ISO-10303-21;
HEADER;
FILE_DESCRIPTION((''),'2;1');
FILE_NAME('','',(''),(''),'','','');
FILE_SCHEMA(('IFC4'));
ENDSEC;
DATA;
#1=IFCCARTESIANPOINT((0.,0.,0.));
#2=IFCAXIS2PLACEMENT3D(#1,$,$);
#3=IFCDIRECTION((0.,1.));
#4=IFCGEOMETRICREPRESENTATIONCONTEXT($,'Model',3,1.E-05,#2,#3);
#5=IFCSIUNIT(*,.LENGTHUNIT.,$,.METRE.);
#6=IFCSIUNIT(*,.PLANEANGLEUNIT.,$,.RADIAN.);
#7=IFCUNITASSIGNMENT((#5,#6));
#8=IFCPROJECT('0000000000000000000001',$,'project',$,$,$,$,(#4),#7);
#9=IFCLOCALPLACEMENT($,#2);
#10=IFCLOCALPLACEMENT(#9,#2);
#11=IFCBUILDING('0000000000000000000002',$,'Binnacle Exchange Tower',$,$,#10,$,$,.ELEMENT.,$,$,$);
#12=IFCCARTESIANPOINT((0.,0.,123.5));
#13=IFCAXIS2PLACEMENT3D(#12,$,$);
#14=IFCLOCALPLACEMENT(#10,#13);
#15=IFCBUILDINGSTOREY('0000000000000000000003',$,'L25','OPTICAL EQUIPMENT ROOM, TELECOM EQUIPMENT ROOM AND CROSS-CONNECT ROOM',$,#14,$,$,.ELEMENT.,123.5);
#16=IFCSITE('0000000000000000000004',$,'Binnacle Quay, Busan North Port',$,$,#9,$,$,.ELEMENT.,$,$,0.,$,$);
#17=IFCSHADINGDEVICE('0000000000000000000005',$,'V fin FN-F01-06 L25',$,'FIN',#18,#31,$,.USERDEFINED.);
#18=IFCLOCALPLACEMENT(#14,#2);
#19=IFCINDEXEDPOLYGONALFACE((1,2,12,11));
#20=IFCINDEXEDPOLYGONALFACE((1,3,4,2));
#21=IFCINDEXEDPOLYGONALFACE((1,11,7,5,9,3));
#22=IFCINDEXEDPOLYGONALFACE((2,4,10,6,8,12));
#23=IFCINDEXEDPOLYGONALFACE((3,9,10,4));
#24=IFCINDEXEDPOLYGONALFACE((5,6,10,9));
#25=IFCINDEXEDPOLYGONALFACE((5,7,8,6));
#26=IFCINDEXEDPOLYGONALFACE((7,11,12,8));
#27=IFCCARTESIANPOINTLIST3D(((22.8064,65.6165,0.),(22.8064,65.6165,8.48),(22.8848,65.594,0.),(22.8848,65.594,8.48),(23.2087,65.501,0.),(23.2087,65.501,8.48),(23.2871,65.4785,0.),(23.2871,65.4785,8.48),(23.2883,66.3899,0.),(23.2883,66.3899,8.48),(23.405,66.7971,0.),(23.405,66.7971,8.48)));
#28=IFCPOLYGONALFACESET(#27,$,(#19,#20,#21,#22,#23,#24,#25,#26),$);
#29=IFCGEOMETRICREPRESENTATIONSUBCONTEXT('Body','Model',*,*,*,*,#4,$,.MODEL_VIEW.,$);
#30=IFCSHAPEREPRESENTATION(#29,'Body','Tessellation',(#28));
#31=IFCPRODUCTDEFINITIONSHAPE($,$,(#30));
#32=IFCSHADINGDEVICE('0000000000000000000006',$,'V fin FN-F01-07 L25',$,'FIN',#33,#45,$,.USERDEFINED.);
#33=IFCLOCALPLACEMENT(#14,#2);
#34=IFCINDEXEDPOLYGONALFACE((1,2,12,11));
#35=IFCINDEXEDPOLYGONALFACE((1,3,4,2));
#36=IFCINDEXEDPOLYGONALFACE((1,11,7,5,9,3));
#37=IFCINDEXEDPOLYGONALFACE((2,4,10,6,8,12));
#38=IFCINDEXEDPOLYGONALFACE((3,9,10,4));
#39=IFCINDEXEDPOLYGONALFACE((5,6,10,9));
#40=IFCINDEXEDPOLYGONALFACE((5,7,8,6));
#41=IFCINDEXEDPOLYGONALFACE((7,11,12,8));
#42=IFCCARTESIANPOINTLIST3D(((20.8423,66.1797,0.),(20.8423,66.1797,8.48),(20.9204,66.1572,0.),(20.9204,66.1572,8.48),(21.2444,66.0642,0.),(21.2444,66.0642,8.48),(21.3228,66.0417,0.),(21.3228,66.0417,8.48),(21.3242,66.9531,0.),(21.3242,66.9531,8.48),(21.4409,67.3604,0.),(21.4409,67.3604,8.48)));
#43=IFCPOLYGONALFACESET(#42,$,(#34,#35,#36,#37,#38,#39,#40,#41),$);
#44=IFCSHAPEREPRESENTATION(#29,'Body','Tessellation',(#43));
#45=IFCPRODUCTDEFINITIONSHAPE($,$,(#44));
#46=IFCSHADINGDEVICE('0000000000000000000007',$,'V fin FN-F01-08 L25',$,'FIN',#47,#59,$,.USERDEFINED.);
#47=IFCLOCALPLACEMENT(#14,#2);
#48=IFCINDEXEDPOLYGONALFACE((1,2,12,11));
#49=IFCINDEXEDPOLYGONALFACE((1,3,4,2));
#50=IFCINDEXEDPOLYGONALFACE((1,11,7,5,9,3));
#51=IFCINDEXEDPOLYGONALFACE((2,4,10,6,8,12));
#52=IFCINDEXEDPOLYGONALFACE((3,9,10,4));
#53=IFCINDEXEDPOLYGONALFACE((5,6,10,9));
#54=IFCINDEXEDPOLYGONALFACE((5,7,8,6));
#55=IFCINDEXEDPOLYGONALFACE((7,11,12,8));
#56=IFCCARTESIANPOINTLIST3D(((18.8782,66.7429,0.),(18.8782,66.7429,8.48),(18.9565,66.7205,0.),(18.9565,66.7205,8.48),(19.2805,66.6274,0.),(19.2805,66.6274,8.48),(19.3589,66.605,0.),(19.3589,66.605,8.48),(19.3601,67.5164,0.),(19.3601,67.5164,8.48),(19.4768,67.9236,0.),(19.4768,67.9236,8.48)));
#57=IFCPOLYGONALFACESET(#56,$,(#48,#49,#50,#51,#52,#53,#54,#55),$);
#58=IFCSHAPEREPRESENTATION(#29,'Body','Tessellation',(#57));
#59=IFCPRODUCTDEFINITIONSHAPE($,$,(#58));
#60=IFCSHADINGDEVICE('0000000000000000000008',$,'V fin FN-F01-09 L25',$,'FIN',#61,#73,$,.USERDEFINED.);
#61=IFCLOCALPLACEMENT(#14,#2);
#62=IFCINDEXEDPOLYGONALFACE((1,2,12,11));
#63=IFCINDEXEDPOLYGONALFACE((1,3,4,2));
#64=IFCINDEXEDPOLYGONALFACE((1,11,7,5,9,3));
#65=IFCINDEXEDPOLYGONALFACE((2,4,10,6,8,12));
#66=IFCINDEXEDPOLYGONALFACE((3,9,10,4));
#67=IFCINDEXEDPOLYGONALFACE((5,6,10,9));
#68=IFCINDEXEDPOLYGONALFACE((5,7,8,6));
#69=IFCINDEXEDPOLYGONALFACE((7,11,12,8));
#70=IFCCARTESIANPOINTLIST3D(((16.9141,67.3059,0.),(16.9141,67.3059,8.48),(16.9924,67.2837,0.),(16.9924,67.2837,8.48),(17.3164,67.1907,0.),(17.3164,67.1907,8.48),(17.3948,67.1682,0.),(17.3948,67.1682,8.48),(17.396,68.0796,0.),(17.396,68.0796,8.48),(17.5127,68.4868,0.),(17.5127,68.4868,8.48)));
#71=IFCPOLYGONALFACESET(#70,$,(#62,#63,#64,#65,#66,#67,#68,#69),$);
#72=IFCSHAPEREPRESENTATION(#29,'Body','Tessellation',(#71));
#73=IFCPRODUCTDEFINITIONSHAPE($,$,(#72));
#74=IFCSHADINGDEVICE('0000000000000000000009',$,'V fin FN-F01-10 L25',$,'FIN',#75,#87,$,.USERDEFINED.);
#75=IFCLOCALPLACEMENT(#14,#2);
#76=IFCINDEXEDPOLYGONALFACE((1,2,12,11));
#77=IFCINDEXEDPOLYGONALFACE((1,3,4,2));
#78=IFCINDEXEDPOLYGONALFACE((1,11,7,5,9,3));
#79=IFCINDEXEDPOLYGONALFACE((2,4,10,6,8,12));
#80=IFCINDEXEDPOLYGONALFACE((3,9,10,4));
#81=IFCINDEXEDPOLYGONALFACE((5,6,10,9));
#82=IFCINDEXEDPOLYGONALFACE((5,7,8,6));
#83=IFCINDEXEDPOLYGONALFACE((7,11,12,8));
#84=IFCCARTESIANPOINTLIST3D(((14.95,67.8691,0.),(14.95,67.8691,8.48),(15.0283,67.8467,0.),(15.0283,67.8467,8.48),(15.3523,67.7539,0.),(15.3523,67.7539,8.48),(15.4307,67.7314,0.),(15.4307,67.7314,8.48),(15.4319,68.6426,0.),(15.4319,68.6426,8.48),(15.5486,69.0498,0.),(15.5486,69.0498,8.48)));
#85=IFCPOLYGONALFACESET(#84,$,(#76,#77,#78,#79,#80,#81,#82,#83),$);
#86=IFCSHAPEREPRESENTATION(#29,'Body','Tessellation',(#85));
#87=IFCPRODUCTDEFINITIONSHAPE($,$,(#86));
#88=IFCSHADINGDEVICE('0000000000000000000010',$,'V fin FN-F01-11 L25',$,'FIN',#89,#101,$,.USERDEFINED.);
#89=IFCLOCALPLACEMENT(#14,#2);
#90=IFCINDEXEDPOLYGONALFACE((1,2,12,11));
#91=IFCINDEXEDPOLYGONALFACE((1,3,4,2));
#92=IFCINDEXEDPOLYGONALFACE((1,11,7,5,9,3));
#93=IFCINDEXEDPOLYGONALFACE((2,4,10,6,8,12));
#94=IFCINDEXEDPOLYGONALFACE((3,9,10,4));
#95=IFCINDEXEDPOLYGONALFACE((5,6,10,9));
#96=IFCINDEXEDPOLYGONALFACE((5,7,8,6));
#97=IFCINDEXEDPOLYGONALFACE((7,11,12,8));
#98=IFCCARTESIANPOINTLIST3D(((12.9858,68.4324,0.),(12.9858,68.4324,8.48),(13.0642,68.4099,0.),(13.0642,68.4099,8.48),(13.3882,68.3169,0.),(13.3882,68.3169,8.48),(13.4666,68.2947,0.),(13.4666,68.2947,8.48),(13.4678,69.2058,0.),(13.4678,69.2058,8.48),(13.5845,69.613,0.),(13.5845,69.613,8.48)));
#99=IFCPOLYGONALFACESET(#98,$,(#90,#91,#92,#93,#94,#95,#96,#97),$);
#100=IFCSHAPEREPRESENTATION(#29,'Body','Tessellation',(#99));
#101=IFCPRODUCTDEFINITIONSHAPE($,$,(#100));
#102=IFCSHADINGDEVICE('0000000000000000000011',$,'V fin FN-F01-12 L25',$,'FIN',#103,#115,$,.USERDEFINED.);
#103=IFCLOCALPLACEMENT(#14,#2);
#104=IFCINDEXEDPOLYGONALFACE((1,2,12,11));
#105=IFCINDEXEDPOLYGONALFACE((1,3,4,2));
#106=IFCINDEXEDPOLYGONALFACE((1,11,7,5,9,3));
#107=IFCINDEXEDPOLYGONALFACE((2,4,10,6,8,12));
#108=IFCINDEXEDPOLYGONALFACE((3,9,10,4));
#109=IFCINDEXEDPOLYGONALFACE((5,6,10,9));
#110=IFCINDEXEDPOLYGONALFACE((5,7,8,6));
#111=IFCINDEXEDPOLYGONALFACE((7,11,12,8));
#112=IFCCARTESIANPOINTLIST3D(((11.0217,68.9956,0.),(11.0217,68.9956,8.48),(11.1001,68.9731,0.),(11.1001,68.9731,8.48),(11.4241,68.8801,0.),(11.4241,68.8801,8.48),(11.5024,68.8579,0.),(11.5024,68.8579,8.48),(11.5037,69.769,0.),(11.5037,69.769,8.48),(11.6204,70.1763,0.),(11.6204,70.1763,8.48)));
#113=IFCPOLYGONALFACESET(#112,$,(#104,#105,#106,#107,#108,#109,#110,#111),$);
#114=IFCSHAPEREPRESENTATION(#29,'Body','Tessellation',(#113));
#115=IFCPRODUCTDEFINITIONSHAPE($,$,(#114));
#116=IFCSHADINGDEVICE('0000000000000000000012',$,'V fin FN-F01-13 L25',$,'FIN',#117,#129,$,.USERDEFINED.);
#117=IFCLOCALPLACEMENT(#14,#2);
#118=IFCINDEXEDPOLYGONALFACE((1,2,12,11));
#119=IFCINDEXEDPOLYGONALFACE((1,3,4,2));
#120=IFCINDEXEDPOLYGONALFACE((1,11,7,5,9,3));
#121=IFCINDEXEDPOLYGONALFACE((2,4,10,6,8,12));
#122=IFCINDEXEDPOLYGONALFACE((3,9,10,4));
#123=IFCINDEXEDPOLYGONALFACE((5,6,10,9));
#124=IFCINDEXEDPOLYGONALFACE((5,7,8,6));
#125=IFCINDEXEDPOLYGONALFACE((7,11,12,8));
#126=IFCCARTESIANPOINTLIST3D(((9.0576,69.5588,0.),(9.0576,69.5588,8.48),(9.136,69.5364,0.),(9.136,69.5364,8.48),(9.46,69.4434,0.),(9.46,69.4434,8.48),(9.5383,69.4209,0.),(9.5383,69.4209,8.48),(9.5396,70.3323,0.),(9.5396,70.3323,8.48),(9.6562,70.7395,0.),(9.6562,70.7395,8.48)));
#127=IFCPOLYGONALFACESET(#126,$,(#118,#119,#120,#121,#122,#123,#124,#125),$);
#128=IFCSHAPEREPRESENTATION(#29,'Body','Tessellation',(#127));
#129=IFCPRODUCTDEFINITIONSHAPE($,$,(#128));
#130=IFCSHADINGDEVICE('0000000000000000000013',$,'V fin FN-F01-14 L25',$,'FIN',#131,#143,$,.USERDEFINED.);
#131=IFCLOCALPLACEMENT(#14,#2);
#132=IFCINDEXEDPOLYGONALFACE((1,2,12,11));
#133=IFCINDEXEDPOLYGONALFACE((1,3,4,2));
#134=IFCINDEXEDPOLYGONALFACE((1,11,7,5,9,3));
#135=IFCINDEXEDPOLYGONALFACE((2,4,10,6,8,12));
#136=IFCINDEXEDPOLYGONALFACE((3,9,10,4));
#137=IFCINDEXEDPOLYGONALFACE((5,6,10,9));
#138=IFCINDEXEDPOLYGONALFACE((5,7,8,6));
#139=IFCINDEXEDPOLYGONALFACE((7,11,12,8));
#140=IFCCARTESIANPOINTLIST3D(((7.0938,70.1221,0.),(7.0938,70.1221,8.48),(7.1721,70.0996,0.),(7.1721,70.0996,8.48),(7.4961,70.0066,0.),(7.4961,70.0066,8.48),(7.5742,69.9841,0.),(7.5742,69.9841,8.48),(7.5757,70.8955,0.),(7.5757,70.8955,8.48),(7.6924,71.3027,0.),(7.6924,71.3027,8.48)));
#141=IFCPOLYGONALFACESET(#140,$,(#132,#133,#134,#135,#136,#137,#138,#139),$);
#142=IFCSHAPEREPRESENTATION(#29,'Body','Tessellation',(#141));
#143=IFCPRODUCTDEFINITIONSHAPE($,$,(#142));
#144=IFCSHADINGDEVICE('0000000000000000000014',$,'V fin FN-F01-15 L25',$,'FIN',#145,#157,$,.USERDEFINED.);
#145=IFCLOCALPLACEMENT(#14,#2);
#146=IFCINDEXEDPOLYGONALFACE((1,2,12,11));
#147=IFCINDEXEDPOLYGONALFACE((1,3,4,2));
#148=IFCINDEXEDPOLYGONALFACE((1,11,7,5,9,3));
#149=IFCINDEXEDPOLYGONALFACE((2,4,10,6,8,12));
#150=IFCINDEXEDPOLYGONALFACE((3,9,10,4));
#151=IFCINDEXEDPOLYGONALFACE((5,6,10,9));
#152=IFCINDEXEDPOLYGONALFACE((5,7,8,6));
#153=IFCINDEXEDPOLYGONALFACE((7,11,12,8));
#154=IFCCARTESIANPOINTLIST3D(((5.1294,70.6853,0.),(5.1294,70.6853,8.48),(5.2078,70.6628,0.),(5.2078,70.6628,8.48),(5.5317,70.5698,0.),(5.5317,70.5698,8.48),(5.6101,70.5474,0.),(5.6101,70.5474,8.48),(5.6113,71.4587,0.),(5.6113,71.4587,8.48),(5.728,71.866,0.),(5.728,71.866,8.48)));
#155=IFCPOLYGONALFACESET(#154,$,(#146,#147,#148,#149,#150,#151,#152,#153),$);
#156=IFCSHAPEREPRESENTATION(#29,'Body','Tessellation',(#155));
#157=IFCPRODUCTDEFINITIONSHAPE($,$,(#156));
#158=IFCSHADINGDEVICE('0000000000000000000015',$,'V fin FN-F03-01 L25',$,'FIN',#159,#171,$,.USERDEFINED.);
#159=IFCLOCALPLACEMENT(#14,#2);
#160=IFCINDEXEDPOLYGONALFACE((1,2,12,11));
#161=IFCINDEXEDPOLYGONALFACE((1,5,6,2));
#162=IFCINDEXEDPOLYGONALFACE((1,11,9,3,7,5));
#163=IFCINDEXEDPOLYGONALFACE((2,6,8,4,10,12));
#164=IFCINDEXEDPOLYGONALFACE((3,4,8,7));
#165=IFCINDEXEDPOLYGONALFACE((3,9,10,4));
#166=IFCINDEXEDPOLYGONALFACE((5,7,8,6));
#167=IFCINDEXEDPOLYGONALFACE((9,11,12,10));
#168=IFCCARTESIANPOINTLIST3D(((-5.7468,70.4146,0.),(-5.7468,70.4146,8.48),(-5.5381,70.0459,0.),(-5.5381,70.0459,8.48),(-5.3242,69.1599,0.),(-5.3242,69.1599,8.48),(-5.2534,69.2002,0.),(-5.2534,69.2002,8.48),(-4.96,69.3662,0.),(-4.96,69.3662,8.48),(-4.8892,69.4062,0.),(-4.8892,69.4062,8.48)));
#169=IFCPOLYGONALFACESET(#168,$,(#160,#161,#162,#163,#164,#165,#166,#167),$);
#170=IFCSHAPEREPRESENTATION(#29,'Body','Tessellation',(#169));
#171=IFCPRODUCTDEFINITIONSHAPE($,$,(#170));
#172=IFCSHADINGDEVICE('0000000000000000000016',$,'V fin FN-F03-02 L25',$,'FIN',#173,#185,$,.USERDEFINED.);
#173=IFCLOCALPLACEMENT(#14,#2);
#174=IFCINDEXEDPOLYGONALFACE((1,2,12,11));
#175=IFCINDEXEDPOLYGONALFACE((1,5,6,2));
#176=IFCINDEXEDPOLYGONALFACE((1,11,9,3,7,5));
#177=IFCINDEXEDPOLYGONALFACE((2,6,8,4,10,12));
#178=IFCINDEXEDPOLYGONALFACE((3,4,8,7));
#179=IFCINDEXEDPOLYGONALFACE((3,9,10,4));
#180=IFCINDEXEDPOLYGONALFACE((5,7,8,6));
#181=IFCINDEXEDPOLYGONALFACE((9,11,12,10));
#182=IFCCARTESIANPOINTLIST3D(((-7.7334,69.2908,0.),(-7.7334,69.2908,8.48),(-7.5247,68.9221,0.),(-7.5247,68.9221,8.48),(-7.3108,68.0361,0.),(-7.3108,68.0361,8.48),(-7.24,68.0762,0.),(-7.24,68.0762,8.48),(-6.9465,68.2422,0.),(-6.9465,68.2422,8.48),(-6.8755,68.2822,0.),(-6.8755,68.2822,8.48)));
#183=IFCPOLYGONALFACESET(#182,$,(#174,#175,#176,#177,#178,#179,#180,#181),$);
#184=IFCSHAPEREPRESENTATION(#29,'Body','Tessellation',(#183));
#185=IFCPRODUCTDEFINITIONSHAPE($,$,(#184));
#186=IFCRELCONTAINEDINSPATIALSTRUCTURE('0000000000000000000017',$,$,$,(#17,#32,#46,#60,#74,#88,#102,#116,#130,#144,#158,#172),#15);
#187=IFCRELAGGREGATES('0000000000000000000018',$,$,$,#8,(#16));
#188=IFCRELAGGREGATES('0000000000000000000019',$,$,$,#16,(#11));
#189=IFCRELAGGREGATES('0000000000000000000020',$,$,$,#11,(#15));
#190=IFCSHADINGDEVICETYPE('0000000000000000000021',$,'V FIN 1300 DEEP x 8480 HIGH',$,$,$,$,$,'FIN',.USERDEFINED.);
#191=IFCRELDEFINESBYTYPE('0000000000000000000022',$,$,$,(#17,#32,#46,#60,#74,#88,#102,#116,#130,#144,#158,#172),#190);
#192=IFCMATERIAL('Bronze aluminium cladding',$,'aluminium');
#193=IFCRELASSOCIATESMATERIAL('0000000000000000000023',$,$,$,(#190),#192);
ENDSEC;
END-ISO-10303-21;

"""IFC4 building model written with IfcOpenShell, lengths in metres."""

from ifc_helpers import new_model, si_unit, direction, frame, origin, place, context, subcontext, project, spatial, polyline, outline, extrude, material, type_object, element, save


model = new_model("IFC4")

# Units and contexts
model_context = context("Model", 3, precision=1e-05, world=origin(), true_north=direction((0.0, 1.0)))
body_context = subcontext(model_context, "Body", "Model", "MODEL_VIEW")
ifc_project = project(units=[si_unit("LENGTHUNIT", "METRE"), si_unit("PLANEANGLEUNIT", "RADIAN")], contexts=[model_context])

# Site, building, storey
site_placement = place(None, origin())
site = spatial("IfcSite", under=ifc_project, at=site_placement, Name="Binnacle Quay, Busan North Port", CompositionType="ELEMENT", RefElevation=0.0)
building_placement = place(site_placement, origin())
building = spatial("IfcBuilding", under=site, at=building_placement, Name="Binnacle Exchange Tower", CompositionType="ELEMENT")
storey_placement = place(building_placement, frame((0.0, 0.0, 123.5)))
storey = spatial("IfcBuildingStorey", under=building, at=storey_placement, Name="L25", Description="OPTICAL EQUIPMENT ROOM, TELECOM EQUIPMENT ROOM AND CROSS-CONNECT ROOM", CompositionType="ELEMENT", Elevation=123.5)

# Shading devices
ifc_material_1 = material(Name="Bronze aluminium cladding", Category="aluminium")
shading_device_type = type_object("IfcShadingDeviceType", Name="V FIN 1300 DEEP x 8480 HIGH", ElementType="FIN", PredefinedType="USERDEFINED", material=ifc_material_1)
shading_device_1_placement = place(storey_placement, origin())
element("IfcShadingDevice", 1, at=shading_device_1_placement, inside=storey, type_object=shading_device_type, Name="V fin FN-F01-06 L25", ObjectType="FIN", PredefinedType="USERDEFINED", context=body_context, shape_type="SweptSolid", body=[
    extrude(outline(polyline([(23.2871, 65.4785), (23.405, 66.7971), (22.8064, 65.6165), (22.8848, 65.594), (23.2883, 66.3899), (23.2087, 65.501), (23.2871, 65.4785)])), origin(), (0.0, 0.0, 1.0), 8.48),
])
shading_device_2_placement = place(storey_placement, origin())
element("IfcShadingDevice", 2, at=shading_device_2_placement, inside=storey, type_object=shading_device_type, Name="V fin FN-F01-07 L25", ObjectType="FIN", PredefinedType="USERDEFINED", context=body_context, shape_type="SweptSolid", body=[
    extrude(outline(polyline([(21.3228, 66.0417), (21.4409, 67.3604), (20.8423, 66.1797), (20.9204, 66.1572), (21.3242, 66.9531), (21.2444, 66.0642), (21.3228, 66.0417)])), origin(), (0.0, 0.0, 1.0), 8.48),
])
shading_device_3_placement = place(storey_placement, origin())
element("IfcShadingDevice", 3, at=shading_device_3_placement, inside=storey, type_object=shading_device_type, Name="V fin FN-F01-08 L25", ObjectType="FIN", PredefinedType="USERDEFINED", context=body_context, shape_type="SweptSolid", body=[
    extrude(outline(polyline([(19.3589, 66.605), (19.4768, 67.9236), (18.8782, 66.7429), (18.9565, 66.7205), (19.3601, 67.5164), (19.2805, 66.6274), (19.3589, 66.605)])), origin(), (0.0, 0.0, 1.0), 8.48),
])
shading_device_4_placement = place(storey_placement, origin())
element("IfcShadingDevice", 4, at=shading_device_4_placement, inside=storey, type_object=shading_device_type, Name="V fin FN-F01-09 L25", ObjectType="FIN", PredefinedType="USERDEFINED", context=body_context, shape_type="SweptSolid", body=[
    extrude(outline(polyline([(17.3948, 67.1682), (17.5127, 68.4868), (16.9141, 67.3059), (16.9924, 67.2837), (17.396, 68.0796), (17.3164, 67.1907), (17.3948, 67.1682)])), origin(), (0.0, 0.0, 1.0), 8.48),
])
shading_device_5_placement = place(storey_placement, origin())
element("IfcShadingDevice", 5, at=shading_device_5_placement, inside=storey, type_object=shading_device_type, Name="V fin FN-F01-10 L25", ObjectType="FIN", PredefinedType="USERDEFINED", context=body_context, shape_type="SweptSolid", body=[
    extrude(outline(polyline([(15.4307, 67.7314), (15.5486, 69.0498), (14.95, 67.8691), (15.0283, 67.8467), (15.4319, 68.6426), (15.3523, 67.7539), (15.4307, 67.7314)])), origin(), (0.0, 0.0, 1.0), 8.48),
])
shading_device_6_placement = place(storey_placement, origin())
element("IfcShadingDevice", 6, at=shading_device_6_placement, inside=storey, type_object=shading_device_type, Name="V fin FN-F01-11 L25", ObjectType="FIN", PredefinedType="USERDEFINED", context=body_context, shape_type="SweptSolid", body=[
    extrude(outline(polyline([(13.4666, 68.2947), (13.5845, 69.613), (12.9858, 68.4324), (13.0642, 68.4099), (13.4678, 69.2058), (13.3882, 68.3169), (13.4666, 68.2947)])), origin(), (0.0, 0.0, 1.0), 8.48),
])
shading_device_7_placement = place(storey_placement, origin())
element("IfcShadingDevice", 7, at=shading_device_7_placement, inside=storey, type_object=shading_device_type, Name="V fin FN-F01-12 L25", ObjectType="FIN", PredefinedType="USERDEFINED", context=body_context, shape_type="SweptSolid", body=[
    extrude(outline(polyline([(11.5024, 68.8579), (11.6204, 70.1763), (11.0217, 68.9956), (11.1001, 68.9731), (11.5037, 69.769), (11.4241, 68.8801), (11.5024, 68.8579)])), origin(), (0.0, 0.0, 1.0), 8.48),
])
shading_device_8_placement = place(storey_placement, origin())
element("IfcShadingDevice", 8, at=shading_device_8_placement, inside=storey, type_object=shading_device_type, Name="V fin FN-F01-13 L25", ObjectType="FIN", PredefinedType="USERDEFINED", context=body_context, shape_type="SweptSolid", body=[
    extrude(outline(polyline([(9.5383, 69.4209), (9.6562, 70.7395), (9.0576, 69.5588), (9.136, 69.5364), (9.5396, 70.3323), (9.46, 69.4434), (9.5383, 69.4209)])), origin(), (0.0, 0.0, 1.0), 8.48),
])
shading_device_9_placement = place(storey_placement, origin())
element("IfcShadingDevice", 9, at=shading_device_9_placement, inside=storey, type_object=shading_device_type, Name="V fin FN-F01-14 L25", ObjectType="FIN", PredefinedType="USERDEFINED", context=body_context, shape_type="SweptSolid", body=[
    extrude(outline(polyline([(7.5742, 69.9841), (7.6924, 71.3027), (7.0938, 70.1221), (7.1721, 70.0996), (7.5757, 70.8955), (7.4961, 70.0066), (7.5742, 69.9841)])), origin(), (0.0, 0.0, 1.0), 8.48),
])
shading_device_10_placement = place(storey_placement, origin())
element("IfcShadingDevice", 10, at=shading_device_10_placement, inside=storey, type_object=shading_device_type, Name="V fin FN-F01-15 L25", ObjectType="FIN", PredefinedType="USERDEFINED", context=body_context, shape_type="SweptSolid", body=[
    extrude(outline(polyline([(5.6101, 70.5474), (5.728, 71.866), (5.1294, 70.6853), (5.2078, 70.6628), (5.6113, 71.4587), (5.5317, 70.5698), (5.6101, 70.5474)])), origin(), (0.0, 0.0, 1.0), 8.48),
])
shading_device_11_placement = place(storey_placement, origin())
element("IfcShadingDevice", 11, at=shading_device_11_placement, inside=storey, type_object=shading_device_type, Name="V fin FN-F03-01 L25", ObjectType="FIN", PredefinedType="USERDEFINED", context=body_context, shape_type="SweptSolid", body=[
    extrude(outline(polyline([(-4.8892, 69.4062), (-5.7468, 70.4146), (-5.3242, 69.1599), (-5.2534, 69.2002), (-5.5381, 70.0459), (-4.96, 69.3662), (-4.8892, 69.4062)])), origin(), (0.0, 0.0, 1.0), 8.48),
])
shading_device_12_placement = place(storey_placement, origin())
element("IfcShadingDevice", 12, at=shading_device_12_placement, inside=storey, type_object=shading_device_type, Name="V fin FN-F03-02 L25", ObjectType="FIN", PredefinedType="USERDEFINED", context=body_context, shape_type="SweptSolid", body=[
    extrude(outline(polyline([(-6.8755, 68.2822), (-7.7334, 69.2908), (-7.3108, 68.0361), (-7.24, 68.0762), (-7.5247, 68.9221), (-6.9465, 68.2422), (-6.8755, 68.2822)])), origin(), (0.0, 0.0, 1.0), 8.48),
])

save(model, "model.ifc")
